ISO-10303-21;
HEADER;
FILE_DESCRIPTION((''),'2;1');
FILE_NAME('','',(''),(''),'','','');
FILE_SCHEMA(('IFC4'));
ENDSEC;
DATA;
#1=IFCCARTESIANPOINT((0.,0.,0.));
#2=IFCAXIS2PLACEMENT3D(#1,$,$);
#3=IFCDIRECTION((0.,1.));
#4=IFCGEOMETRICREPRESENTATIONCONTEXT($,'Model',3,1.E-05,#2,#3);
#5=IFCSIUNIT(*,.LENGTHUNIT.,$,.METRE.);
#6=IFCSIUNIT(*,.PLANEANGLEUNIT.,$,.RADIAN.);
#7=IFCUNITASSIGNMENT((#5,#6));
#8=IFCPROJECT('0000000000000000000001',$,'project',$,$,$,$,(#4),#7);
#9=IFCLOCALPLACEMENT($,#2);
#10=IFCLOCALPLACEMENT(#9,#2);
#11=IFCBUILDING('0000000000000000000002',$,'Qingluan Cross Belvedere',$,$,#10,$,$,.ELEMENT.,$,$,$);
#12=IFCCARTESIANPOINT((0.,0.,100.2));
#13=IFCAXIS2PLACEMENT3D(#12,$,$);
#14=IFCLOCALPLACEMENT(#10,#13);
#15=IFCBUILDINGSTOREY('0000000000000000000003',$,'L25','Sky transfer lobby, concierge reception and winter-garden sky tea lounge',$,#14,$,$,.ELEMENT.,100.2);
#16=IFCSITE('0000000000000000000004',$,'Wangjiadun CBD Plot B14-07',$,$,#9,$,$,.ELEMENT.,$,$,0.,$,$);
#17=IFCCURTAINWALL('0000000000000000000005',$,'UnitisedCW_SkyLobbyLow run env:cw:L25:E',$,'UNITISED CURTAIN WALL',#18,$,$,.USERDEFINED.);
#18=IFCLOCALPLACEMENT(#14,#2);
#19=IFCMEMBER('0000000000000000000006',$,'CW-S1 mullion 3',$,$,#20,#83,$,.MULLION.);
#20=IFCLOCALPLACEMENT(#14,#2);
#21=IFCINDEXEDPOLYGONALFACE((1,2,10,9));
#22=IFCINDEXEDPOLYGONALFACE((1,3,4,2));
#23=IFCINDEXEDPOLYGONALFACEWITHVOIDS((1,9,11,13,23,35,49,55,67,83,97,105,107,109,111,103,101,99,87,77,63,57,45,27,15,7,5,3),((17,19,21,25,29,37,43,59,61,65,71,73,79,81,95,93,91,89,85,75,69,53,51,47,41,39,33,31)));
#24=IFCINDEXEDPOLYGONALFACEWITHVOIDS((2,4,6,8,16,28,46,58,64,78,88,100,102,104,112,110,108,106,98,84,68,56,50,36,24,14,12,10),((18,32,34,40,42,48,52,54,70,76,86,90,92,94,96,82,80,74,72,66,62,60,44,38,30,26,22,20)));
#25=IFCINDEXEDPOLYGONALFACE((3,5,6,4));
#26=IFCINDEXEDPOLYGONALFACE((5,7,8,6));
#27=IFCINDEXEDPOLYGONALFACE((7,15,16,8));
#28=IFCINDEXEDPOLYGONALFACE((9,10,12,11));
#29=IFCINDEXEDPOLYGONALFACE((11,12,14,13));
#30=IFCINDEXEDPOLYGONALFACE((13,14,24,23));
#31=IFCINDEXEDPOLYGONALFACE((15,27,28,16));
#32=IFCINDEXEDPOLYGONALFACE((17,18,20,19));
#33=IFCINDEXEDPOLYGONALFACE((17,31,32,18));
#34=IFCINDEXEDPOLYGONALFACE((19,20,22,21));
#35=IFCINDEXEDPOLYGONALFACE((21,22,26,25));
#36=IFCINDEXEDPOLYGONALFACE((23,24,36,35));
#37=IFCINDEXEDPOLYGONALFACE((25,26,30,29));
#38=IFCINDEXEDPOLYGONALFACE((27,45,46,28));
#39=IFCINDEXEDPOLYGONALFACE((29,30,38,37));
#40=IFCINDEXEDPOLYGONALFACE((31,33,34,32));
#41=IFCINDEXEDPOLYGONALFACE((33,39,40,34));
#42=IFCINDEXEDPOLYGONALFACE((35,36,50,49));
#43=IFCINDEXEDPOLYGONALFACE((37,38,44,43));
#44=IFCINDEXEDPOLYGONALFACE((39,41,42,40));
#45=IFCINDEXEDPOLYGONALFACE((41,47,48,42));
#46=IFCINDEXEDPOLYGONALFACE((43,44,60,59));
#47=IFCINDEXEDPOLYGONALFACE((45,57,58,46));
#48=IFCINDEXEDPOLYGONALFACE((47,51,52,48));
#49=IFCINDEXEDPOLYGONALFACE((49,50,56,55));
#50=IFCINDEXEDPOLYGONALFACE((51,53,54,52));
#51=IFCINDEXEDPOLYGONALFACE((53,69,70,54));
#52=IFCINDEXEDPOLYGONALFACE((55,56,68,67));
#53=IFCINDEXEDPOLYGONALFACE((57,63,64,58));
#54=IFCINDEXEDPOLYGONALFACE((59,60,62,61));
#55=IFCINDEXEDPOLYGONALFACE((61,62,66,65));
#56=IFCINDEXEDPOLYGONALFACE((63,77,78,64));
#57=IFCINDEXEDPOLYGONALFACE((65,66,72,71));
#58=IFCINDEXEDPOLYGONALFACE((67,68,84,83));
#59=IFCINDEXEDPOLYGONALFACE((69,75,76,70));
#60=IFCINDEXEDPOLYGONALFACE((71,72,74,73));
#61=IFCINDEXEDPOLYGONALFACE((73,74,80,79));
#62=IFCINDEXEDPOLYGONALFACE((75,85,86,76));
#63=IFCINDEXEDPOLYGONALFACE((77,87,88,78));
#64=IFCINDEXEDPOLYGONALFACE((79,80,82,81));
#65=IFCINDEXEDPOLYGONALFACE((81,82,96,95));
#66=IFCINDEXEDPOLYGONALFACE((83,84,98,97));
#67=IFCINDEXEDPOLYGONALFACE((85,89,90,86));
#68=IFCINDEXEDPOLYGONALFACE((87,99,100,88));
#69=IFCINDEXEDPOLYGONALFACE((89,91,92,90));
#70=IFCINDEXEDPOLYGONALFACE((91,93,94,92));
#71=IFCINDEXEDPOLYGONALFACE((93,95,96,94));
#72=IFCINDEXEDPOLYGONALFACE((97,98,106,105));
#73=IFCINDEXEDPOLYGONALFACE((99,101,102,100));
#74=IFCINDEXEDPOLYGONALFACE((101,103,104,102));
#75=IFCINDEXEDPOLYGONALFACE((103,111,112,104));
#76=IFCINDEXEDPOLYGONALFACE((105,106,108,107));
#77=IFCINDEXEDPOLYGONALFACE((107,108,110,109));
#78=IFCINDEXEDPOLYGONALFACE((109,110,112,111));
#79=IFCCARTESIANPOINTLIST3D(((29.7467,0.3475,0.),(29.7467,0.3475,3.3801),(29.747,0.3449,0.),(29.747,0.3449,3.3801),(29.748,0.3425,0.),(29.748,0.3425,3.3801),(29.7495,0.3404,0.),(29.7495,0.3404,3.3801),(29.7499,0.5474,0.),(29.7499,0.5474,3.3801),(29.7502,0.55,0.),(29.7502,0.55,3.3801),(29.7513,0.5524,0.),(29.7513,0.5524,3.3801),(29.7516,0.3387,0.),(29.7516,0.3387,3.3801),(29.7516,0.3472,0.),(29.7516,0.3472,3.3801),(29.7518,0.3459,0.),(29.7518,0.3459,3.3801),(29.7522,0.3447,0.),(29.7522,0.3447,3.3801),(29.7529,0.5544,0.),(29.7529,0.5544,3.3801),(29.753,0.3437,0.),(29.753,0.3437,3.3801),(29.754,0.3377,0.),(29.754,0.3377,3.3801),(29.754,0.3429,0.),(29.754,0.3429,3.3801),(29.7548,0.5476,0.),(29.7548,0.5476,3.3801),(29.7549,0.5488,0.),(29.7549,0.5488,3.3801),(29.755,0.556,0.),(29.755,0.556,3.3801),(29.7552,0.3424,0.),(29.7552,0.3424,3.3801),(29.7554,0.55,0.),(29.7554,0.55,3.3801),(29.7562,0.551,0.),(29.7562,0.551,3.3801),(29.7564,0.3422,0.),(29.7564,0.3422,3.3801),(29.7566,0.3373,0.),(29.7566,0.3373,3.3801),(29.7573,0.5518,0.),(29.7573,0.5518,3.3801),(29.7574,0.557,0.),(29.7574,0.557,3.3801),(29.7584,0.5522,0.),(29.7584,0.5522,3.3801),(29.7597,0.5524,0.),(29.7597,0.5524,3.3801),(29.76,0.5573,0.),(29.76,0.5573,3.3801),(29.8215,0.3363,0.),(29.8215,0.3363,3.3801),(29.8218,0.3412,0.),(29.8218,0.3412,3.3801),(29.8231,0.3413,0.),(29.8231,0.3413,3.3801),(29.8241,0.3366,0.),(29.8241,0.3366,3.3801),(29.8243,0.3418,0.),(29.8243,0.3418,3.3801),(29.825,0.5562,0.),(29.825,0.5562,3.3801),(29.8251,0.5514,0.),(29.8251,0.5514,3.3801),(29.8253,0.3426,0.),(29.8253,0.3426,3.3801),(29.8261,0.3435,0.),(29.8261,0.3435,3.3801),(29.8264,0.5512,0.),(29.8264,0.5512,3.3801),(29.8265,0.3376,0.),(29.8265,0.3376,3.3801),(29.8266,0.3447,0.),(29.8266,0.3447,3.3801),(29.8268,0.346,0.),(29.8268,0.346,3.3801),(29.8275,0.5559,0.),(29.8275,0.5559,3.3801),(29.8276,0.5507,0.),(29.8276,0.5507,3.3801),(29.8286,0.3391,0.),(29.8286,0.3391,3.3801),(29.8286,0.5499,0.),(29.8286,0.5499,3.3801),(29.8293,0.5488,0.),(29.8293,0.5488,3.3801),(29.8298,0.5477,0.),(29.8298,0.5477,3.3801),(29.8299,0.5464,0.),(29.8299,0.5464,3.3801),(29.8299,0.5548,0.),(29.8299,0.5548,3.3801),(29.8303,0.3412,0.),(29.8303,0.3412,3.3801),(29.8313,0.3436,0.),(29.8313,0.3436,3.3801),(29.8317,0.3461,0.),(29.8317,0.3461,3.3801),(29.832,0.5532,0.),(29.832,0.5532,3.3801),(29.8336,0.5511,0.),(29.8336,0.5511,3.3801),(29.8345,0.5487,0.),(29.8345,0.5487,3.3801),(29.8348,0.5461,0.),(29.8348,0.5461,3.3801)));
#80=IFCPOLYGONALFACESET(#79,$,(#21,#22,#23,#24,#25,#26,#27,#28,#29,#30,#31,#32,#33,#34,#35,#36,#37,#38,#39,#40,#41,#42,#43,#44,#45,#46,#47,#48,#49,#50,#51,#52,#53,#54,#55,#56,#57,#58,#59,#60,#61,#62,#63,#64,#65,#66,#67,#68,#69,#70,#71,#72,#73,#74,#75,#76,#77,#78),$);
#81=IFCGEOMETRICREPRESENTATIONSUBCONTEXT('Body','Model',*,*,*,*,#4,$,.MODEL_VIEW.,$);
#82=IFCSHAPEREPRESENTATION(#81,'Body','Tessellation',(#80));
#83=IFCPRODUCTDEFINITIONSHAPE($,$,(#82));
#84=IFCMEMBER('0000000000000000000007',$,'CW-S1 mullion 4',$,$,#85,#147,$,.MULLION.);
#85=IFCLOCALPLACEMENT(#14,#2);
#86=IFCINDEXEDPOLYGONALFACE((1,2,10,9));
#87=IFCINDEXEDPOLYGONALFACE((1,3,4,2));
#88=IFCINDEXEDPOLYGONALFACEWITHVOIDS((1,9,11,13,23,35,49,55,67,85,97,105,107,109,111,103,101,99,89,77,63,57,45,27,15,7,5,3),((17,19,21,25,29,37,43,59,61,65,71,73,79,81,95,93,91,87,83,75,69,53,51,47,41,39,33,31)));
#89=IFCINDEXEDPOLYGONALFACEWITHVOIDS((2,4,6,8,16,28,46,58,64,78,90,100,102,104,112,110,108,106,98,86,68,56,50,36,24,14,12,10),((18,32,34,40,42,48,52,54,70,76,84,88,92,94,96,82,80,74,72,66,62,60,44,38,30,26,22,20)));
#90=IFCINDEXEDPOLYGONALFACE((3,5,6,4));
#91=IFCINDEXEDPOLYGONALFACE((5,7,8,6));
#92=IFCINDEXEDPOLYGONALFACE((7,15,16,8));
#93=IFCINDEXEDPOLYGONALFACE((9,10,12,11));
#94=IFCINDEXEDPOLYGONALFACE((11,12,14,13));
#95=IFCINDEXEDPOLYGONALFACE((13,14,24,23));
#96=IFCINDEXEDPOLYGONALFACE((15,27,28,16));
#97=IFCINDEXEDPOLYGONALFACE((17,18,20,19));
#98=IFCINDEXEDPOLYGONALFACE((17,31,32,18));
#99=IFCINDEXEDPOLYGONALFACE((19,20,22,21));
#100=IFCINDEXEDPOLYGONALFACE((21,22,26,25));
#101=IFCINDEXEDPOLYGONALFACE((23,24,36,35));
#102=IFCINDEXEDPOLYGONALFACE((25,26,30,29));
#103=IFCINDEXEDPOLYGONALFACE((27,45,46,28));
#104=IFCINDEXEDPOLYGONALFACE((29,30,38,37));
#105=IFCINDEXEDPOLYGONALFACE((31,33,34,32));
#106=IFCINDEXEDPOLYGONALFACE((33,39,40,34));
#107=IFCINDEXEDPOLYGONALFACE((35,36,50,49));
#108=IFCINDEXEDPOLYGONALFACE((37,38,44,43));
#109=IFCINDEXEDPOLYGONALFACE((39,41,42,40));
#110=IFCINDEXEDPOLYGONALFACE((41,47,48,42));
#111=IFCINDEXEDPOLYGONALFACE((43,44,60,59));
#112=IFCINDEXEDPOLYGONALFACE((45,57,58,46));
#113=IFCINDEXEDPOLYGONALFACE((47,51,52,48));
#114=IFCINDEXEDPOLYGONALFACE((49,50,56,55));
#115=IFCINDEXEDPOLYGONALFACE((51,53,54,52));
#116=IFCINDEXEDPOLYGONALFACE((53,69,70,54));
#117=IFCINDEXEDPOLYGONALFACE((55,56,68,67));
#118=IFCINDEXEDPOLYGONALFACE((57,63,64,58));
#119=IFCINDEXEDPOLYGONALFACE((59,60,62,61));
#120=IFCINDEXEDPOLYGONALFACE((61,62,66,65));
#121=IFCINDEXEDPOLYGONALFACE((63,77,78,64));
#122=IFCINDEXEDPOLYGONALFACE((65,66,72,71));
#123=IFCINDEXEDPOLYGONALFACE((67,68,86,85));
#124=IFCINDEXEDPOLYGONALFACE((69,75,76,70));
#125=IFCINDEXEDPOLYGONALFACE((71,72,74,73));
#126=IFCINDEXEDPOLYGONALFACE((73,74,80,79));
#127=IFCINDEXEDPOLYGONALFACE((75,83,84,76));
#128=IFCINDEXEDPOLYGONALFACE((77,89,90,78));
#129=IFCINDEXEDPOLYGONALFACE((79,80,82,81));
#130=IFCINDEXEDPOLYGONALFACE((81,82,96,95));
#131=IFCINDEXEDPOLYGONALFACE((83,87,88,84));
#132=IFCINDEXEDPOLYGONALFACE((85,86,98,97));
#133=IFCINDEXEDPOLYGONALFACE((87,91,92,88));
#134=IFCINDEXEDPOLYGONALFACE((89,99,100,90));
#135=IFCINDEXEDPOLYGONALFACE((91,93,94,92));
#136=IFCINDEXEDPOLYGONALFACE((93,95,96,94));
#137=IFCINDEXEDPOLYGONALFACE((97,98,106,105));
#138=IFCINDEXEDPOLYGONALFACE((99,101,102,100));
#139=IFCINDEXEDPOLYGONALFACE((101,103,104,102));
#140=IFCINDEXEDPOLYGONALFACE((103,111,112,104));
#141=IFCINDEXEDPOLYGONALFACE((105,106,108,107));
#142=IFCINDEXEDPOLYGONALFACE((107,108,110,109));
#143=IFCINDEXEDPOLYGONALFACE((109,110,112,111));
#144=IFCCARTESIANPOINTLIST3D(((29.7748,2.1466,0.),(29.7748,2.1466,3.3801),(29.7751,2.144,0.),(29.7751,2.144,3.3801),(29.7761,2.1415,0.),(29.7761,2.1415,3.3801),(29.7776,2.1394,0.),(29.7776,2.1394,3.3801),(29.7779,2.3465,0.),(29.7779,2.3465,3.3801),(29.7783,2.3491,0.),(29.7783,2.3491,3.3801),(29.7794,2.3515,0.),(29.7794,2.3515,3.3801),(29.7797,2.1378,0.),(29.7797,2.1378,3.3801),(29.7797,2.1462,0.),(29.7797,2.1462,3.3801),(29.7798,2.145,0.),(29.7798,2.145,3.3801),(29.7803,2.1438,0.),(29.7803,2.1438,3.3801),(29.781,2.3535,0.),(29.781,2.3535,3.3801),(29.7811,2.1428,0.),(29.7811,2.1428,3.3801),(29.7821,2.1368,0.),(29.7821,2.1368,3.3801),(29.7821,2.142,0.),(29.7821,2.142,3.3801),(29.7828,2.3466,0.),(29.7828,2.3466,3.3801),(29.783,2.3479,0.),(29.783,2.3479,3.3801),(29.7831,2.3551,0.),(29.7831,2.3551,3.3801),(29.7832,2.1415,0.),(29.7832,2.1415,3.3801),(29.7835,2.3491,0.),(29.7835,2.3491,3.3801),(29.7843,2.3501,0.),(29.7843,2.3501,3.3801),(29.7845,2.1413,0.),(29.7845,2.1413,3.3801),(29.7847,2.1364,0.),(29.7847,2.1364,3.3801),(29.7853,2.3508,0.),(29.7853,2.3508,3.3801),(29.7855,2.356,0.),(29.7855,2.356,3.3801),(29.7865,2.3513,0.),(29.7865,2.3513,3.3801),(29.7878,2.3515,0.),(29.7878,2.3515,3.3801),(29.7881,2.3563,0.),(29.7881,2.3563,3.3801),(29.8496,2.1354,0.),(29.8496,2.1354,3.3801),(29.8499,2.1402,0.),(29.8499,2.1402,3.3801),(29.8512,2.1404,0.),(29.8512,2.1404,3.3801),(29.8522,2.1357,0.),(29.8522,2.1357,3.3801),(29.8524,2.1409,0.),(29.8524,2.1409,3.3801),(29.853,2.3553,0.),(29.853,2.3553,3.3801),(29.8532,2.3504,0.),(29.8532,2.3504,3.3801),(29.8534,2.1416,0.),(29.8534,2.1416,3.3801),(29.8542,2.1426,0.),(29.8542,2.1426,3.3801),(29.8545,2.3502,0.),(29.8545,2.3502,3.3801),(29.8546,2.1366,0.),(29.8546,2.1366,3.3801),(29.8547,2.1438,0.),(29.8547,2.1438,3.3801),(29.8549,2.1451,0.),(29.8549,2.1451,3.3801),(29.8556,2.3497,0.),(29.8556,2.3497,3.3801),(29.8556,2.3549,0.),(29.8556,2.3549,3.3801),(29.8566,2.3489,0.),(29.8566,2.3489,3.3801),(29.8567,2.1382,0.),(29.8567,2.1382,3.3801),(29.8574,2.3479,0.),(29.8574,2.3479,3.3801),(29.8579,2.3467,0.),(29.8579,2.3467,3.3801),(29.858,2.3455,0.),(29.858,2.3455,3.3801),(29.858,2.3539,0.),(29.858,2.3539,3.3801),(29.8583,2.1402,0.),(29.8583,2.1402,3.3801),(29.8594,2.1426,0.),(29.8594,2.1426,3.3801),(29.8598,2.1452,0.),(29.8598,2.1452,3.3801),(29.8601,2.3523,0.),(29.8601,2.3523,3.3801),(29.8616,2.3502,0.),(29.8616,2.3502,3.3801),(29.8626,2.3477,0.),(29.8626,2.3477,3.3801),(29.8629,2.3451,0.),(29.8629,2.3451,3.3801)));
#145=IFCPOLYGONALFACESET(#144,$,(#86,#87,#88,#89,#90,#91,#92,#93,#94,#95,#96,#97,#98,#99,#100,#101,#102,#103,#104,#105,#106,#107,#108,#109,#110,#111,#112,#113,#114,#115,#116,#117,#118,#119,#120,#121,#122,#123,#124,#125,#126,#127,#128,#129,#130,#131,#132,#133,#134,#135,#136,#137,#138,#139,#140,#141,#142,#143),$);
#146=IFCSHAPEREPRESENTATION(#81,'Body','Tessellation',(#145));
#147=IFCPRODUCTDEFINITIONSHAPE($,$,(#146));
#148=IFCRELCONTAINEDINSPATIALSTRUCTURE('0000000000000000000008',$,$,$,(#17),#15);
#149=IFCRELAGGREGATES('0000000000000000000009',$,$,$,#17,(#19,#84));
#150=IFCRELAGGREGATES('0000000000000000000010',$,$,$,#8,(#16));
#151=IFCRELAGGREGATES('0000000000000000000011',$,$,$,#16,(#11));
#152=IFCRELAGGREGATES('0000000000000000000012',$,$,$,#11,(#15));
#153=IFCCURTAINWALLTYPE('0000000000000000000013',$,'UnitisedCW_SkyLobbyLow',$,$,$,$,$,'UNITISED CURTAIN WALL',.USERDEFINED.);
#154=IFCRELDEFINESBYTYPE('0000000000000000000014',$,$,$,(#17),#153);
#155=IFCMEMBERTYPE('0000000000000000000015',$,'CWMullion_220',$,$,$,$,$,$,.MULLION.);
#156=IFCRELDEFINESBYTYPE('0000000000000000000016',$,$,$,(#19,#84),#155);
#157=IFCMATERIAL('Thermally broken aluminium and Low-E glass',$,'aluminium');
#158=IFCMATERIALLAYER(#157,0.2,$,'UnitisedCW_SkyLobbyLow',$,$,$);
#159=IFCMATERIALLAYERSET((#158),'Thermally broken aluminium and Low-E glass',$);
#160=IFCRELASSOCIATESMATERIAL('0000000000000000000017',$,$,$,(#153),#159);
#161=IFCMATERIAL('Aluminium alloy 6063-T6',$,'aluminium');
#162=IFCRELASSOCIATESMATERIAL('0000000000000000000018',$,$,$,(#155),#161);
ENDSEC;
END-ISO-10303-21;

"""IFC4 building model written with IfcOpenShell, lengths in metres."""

from ifc_helpers import new_model, si_unit, direction, frame, origin, origin_2d, place, context, subcontext, project, spatial, hollow_rectangle, extrude, material, layer, layer_set, material_profile, profile_set, type_object, element, aggregate, save


model = new_model("IFC4")

# Units and contexts
model_context = context("Model", 3, precision=1e-05, world=origin(), true_north=direction((0.0, 1.0)))
body_context = subcontext(model_context, "Body", "Model", "MODEL_VIEW")
ifc_project = project(units=[si_unit("LENGTHUNIT", "METRE"), si_unit("PLANEANGLEUNIT", "RADIAN")], contexts=[model_context])

# Site, building, storey
site_placement = place(None, origin())
site = spatial("IfcSite", under=ifc_project, at=site_placement, Name="Wangjiadun CBD Plot B14-07", CompositionType="ELEMENT", RefElevation=0.0)
building_placement = place(site_placement, origin())
building = spatial("IfcBuilding", under=site, at=building_placement, Name="Qingluan Cross Belvedere", CompositionType="ELEMENT")
storey_placement = place(building_placement, frame((0.0, 0.0, 100.2)))
storey = spatial("IfcBuildingStorey", under=building, at=storey_placement, Name="L25", Description="Sky transfer lobby, concierge reception and winter-garden sky tea lounge", CompositionType="ELEMENT", Elevation=100.2)

# Curtain wall, members
ifc_material_1 = material(Name="Thermally broken aluminium and Low-E glass", Category="aluminium")
ifc_layer_1 = layer(ifc_material_1, 0.2, Name="UnitisedCW_SkyLobbyLow")
ifc_layer_set_1 = layer_set([ifc_layer_1], Name="Thermally broken aluminium and Low-E glass")
curtain_wall_type = type_object("IfcCurtainWallType", Name="UnitisedCW_SkyLobbyLow", ElementType="UNITISED CURTAIN WALL", PredefinedType="USERDEFINED", material=ifc_layer_set_1)
curtain_wall_placement = place(storey_placement, origin())
curtain_wall = element("IfcCurtainWall", 1, at=curtain_wall_placement, inside=storey, type_object=curtain_wall_type, Name="UnitisedCW_SkyLobbyLow run env:cw:L25:E", ObjectType="UNITISED CURTAIN WALL", PredefinedType="USERDEFINED")
ifc_material_2 = material(Name="Aluminium alloy 6063-T6", Category="aluminium")
ifc_material_profile_1 = material_profile(ifc_material_2, hollow_rectangle(XDim=0.085, YDim=0.22, WallThickness=0.0049, InnerFilletRadius=0.0049, OuterFilletRadius=0.01, at=origin_2d()), Name="CWM220x85x5")
ifc_profile_set_1 = profile_set([ifc_material_profile_1], Name="Aluminium alloy 6063-T6")
member_type_1 = type_object("IfcMemberType", Name="CWMullion_220", PredefinedType="MULLION", material=ifc_profile_set_1)
member_1_placement = place(storey_placement, frame((29.7908, 0.4468, 0.0), z_axis=(0.0, 0.0, 1.0), x_axis=(-0.999877, 0.015689, 0.0)))
member_1 = element("IfcMember", 2, at=member_1_placement, type_object=member_type_1, Name="CW-S1 mullion 3", PredefinedType="MULLION", context=body_context, shape_type="SweptSolid", body=[
    extrude(hollow_rectangle(XDim=0.085, YDim=0.22, WallThickness=0.0049, InnerFilletRadius=0.0049, OuterFilletRadius=0.01, at=origin_2d()), origin(), (0.0, 0.0, 1.0), 3.3801),
])
member_2_placement = place(storey_placement, frame((29.8188, 2.2458, 0.0), z_axis=(0.0, 0.0, 1.0), x_axis=(-0.999877, 0.015689, 0.0)))
member_2 = element("IfcMember", 3, at=member_2_placement, type_object=member_type_1, Name="CW-S1 mullion 4", PredefinedType="MULLION", context=body_context, shape_type="SweptSolid", body=[
    extrude(hollow_rectangle(XDim=0.085, YDim=0.22, WallThickness=0.0049, InnerFilletRadius=0.0049, OuterFilletRadius=0.01, at=origin_2d()), origin(), (0.0, 0.0, 1.0), 3.3801),
])
aggregate(curtain_wall, [member_1, member_2])

save(model, "model.ifc")
